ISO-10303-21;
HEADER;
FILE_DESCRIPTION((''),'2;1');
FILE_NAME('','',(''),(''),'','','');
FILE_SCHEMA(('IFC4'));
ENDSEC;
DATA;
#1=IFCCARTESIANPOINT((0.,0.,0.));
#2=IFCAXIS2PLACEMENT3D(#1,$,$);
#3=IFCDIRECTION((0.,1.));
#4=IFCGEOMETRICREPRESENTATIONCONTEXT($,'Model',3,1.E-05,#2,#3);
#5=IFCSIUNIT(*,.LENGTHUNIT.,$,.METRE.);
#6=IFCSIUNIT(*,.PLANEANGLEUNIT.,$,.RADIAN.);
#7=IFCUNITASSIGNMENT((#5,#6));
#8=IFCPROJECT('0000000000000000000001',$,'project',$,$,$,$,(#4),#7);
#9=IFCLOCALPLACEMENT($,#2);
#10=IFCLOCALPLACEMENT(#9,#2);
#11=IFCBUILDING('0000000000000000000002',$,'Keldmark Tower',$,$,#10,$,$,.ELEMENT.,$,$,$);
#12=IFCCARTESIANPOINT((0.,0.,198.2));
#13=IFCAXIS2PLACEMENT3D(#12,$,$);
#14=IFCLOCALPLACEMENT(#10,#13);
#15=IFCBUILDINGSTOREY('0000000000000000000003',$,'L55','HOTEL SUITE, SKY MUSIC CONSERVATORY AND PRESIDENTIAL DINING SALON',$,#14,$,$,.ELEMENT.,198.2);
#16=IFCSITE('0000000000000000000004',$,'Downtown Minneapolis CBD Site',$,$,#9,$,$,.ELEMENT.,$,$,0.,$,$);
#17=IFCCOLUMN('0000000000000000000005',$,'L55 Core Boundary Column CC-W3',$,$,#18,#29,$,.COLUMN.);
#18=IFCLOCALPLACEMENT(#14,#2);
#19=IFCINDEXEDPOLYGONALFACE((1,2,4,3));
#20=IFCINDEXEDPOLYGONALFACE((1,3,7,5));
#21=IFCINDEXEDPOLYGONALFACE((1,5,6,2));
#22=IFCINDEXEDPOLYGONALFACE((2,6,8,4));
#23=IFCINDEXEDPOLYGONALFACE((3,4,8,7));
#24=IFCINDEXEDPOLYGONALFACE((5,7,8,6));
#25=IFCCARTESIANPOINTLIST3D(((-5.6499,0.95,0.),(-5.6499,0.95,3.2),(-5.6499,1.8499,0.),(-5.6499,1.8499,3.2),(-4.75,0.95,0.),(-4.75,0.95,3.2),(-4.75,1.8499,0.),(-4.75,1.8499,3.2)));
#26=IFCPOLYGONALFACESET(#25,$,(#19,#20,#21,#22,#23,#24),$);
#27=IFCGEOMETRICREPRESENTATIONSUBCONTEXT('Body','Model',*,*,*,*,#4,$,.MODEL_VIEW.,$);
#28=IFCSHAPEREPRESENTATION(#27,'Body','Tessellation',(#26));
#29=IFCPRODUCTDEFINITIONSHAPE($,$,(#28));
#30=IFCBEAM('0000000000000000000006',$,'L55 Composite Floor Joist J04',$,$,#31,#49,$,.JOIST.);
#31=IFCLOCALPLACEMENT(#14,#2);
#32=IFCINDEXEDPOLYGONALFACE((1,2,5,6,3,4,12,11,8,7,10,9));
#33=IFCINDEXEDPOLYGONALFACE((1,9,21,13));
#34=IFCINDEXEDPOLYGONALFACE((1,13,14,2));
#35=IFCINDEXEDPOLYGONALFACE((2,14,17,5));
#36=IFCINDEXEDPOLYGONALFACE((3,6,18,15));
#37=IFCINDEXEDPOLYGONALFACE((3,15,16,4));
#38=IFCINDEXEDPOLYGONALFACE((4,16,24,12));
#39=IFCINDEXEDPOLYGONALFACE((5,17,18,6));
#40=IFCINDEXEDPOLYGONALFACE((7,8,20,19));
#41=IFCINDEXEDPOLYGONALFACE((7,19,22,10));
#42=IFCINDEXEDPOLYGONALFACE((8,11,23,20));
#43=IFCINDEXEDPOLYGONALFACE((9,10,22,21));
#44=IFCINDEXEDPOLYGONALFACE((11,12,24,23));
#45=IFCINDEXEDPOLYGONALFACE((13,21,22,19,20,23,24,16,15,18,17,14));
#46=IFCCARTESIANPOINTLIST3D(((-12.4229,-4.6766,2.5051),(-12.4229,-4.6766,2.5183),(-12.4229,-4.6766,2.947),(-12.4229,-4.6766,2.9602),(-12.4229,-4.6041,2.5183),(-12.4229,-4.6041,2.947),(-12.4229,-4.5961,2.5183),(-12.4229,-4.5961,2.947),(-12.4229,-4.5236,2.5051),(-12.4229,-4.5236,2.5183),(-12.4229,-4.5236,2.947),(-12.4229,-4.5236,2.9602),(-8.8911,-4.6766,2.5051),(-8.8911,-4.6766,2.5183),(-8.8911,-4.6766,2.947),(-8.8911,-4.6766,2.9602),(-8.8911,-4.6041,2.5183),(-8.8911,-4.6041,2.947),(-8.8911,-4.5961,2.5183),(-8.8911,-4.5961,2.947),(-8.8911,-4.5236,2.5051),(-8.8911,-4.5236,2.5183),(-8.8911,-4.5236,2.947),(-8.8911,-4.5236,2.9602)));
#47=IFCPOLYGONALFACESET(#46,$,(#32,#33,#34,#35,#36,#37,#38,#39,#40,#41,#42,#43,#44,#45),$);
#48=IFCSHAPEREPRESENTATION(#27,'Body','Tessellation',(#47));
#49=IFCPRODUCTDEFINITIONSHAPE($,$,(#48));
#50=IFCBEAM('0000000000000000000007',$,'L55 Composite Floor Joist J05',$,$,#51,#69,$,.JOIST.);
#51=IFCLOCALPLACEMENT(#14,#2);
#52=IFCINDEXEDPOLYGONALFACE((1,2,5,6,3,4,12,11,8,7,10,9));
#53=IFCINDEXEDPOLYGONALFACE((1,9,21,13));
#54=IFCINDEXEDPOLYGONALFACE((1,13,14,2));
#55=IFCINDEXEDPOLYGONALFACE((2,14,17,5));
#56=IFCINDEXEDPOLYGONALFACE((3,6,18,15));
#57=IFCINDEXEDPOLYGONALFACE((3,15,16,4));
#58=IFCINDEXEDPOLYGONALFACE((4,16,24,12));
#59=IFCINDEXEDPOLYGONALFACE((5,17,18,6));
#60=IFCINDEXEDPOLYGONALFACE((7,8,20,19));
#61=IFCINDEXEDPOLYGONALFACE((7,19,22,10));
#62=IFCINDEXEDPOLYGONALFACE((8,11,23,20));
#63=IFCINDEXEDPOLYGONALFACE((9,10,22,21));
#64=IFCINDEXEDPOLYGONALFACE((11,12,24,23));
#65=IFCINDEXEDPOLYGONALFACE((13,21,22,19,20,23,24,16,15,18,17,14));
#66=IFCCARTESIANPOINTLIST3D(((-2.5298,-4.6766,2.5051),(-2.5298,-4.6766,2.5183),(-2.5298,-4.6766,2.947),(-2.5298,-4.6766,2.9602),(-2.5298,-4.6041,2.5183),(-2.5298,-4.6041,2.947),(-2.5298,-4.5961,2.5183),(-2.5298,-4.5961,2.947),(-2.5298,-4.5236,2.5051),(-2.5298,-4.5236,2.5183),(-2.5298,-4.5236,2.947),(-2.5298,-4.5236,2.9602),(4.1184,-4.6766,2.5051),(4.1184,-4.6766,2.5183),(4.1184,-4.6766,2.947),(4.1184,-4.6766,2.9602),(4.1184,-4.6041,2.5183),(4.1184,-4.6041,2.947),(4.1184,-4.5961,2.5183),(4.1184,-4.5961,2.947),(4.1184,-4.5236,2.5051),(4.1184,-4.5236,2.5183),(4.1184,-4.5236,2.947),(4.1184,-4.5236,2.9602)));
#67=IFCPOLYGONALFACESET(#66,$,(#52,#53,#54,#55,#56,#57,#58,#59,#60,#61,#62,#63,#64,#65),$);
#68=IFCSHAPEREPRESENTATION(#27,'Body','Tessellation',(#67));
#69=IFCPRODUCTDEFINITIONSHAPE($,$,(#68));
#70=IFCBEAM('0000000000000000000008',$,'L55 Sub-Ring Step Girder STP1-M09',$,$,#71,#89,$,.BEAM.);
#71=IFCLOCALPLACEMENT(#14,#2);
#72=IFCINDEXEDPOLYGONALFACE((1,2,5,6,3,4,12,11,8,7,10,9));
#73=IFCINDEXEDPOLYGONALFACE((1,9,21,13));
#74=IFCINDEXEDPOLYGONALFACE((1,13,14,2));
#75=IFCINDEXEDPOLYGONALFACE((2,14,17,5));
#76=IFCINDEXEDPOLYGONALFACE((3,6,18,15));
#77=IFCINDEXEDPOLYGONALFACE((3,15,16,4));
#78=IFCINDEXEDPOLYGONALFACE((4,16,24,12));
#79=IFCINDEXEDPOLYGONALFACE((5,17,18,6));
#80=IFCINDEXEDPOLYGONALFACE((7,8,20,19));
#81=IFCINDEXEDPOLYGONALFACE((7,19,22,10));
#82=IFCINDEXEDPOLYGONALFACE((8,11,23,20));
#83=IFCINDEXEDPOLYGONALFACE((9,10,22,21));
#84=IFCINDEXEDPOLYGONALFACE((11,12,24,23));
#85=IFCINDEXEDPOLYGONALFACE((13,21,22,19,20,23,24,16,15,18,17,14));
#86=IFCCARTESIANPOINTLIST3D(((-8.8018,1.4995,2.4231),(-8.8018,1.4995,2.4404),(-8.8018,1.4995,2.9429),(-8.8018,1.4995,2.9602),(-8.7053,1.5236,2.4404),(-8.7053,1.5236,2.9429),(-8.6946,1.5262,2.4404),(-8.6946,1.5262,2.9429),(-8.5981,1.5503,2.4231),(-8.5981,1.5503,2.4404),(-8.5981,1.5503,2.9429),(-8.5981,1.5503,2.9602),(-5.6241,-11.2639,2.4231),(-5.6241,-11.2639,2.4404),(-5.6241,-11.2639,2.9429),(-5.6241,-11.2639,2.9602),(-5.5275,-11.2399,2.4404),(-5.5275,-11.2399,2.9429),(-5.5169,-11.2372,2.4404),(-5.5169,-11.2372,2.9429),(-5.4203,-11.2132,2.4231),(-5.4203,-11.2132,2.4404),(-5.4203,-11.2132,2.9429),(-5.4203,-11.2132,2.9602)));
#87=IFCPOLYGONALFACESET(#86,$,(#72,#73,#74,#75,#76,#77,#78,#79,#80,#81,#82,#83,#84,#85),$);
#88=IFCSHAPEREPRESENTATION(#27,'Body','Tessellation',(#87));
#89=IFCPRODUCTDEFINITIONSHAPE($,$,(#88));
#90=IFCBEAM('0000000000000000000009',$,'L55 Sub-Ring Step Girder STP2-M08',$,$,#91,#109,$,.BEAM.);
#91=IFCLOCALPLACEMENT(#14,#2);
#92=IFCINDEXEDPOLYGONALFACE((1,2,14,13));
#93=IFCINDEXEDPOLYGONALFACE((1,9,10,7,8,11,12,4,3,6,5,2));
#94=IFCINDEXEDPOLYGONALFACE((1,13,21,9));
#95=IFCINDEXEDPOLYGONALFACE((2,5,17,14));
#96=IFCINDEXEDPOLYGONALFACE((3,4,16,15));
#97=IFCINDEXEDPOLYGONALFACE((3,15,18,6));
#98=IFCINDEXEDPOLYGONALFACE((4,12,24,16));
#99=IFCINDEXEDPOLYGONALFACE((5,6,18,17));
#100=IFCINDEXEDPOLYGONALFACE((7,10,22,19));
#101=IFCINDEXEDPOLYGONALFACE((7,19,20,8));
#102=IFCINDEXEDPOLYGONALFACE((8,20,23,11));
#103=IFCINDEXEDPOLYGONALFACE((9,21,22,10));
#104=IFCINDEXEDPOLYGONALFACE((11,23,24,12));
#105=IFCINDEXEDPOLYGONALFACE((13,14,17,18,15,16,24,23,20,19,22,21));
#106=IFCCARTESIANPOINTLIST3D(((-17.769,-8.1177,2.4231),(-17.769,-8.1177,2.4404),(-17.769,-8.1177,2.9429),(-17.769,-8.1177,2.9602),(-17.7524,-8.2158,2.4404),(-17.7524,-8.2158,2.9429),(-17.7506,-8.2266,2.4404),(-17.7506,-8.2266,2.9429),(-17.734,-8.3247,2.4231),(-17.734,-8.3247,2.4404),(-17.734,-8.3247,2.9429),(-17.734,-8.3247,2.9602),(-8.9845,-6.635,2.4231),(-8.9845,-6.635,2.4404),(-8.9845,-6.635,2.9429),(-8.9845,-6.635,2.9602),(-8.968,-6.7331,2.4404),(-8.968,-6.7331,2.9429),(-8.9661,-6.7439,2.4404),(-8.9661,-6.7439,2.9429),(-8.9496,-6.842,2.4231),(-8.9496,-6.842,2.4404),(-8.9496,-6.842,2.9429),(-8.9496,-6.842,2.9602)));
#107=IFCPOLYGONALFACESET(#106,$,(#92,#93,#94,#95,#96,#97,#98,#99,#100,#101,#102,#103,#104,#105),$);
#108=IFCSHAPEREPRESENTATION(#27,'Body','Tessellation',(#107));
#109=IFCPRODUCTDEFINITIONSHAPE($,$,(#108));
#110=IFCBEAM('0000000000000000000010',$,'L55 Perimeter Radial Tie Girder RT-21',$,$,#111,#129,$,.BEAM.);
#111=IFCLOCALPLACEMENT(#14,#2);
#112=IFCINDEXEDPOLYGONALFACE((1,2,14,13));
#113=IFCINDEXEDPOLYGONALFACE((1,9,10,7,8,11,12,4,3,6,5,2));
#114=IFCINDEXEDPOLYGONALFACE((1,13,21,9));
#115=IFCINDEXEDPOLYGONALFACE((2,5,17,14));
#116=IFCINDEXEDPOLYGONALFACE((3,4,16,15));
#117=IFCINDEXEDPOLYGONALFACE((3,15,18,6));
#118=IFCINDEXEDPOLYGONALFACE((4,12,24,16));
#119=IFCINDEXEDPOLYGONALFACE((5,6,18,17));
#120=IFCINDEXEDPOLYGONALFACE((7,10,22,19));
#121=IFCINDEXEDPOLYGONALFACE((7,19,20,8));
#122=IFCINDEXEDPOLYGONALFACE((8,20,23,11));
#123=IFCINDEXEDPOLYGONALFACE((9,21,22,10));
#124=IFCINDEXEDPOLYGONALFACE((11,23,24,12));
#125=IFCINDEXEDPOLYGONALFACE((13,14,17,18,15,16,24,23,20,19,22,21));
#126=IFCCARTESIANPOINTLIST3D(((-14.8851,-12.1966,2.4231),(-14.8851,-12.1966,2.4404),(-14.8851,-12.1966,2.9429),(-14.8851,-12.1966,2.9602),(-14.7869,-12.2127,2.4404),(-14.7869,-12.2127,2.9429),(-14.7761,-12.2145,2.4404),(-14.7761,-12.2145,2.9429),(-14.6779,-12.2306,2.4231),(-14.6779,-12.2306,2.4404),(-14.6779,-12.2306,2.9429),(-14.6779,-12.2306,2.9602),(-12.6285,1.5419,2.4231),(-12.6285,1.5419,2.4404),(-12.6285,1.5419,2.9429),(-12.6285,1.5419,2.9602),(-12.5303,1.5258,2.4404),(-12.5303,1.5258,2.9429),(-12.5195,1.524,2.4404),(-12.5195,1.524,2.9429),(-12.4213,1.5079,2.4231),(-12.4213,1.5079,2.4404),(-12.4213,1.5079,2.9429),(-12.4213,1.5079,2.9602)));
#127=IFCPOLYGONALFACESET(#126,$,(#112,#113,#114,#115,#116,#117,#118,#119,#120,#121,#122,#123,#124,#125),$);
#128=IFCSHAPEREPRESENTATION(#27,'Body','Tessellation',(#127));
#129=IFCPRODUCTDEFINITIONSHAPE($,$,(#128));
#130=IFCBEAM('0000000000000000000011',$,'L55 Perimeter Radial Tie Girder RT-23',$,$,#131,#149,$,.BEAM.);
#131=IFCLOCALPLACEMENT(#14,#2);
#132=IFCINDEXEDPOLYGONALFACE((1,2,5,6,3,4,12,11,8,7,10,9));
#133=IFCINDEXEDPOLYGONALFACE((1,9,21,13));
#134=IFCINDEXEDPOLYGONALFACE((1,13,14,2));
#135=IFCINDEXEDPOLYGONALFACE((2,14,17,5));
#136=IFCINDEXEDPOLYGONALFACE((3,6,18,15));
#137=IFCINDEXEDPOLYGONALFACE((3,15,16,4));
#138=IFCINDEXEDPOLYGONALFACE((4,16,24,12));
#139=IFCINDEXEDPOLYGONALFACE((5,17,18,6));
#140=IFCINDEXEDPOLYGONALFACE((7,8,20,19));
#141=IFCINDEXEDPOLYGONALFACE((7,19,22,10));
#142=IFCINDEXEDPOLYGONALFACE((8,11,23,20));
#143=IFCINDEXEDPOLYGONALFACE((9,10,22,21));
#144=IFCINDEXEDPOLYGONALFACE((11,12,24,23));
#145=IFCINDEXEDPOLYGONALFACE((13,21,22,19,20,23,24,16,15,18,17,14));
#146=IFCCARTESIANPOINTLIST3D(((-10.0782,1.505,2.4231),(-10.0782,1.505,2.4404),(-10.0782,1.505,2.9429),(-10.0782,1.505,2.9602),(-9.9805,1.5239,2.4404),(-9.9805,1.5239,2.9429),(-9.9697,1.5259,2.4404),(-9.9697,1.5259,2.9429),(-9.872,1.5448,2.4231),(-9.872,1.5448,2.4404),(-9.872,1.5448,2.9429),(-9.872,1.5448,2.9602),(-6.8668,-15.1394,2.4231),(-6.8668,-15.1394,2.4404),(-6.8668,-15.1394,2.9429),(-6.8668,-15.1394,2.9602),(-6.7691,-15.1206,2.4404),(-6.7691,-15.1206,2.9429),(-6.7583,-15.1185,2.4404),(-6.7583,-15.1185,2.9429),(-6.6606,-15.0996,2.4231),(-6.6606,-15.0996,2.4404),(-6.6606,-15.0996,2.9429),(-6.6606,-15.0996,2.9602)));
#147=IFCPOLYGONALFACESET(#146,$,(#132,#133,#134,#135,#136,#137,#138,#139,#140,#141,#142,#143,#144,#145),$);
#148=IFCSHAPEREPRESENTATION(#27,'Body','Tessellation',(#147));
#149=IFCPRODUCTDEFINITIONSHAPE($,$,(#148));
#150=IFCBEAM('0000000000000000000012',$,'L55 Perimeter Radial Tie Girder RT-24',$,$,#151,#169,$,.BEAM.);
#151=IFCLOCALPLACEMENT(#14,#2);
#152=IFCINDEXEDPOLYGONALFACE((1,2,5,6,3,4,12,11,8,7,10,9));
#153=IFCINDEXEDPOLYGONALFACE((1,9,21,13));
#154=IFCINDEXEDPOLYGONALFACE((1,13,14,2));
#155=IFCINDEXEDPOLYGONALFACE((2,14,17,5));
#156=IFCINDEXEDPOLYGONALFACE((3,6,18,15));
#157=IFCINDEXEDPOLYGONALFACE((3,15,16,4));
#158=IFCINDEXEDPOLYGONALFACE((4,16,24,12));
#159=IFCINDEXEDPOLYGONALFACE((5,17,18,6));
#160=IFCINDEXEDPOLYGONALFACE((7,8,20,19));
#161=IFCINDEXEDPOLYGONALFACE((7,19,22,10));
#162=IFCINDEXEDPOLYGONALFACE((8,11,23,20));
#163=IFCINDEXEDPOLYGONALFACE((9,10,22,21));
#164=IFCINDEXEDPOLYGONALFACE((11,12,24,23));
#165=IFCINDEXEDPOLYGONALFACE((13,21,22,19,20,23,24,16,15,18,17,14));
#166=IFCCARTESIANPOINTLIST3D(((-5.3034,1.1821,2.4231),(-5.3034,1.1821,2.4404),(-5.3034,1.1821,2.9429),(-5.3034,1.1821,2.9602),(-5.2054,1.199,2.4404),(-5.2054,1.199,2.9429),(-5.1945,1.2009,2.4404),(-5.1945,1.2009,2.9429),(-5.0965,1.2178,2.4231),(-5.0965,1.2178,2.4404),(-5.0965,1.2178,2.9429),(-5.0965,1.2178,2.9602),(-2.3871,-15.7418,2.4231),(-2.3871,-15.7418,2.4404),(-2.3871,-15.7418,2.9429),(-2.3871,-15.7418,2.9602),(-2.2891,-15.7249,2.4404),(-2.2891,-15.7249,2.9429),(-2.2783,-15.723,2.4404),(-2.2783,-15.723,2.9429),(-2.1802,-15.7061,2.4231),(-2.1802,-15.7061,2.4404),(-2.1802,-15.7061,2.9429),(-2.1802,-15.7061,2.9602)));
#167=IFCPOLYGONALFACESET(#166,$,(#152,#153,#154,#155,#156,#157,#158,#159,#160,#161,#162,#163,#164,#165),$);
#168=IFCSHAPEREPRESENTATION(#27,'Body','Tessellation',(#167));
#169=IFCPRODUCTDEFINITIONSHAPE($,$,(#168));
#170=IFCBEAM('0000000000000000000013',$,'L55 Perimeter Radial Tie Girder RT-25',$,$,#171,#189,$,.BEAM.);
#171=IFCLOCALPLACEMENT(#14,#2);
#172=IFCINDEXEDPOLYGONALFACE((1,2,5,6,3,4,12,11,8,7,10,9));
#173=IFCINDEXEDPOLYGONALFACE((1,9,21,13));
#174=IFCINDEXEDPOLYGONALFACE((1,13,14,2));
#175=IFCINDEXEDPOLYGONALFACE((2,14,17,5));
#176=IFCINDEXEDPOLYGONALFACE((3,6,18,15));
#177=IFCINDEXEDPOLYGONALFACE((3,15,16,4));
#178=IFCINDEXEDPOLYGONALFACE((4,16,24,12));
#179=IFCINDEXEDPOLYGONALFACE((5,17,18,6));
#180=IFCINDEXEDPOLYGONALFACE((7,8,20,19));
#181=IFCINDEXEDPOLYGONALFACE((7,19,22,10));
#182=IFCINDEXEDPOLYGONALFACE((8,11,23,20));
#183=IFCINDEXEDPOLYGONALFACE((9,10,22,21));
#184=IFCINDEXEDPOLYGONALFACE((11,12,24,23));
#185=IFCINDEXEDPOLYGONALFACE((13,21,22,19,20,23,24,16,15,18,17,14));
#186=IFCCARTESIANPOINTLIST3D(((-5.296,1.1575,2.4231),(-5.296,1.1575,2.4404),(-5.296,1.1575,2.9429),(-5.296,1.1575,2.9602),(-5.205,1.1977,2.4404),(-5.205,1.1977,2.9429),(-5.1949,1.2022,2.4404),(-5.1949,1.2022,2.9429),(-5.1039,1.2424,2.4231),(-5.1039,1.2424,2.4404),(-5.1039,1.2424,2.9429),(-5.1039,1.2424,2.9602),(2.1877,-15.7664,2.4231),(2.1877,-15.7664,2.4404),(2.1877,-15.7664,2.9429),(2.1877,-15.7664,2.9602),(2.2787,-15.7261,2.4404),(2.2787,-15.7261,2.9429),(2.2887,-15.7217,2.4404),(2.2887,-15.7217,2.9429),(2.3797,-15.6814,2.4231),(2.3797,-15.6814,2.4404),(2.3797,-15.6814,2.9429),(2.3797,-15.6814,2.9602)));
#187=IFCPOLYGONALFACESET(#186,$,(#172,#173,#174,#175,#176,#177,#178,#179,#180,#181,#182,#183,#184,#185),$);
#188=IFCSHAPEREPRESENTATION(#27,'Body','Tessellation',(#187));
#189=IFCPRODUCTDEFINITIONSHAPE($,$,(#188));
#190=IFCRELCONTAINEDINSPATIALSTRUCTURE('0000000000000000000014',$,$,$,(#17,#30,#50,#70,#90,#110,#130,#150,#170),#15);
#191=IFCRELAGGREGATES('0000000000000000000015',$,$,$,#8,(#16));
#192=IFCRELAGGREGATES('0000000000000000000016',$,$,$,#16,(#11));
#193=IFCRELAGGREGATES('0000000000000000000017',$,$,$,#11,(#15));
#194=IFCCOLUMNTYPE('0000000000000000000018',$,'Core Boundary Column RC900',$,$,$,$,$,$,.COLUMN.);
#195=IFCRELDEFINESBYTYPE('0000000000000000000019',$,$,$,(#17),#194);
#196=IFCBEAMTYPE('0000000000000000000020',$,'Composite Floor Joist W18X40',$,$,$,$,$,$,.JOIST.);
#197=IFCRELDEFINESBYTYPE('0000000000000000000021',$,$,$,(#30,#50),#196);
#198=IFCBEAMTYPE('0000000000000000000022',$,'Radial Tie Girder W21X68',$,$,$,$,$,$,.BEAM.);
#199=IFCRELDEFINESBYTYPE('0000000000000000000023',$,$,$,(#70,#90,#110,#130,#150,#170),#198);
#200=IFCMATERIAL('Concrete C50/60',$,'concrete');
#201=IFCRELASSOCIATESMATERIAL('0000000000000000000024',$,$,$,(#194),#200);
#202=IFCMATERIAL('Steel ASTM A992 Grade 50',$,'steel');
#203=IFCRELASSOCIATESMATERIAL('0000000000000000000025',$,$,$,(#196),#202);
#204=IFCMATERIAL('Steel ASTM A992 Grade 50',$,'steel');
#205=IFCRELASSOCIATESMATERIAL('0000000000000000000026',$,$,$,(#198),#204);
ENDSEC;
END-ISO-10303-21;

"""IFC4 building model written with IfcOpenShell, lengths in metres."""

from ifc_helpers import new_model, si_unit, direction, frame, origin, origin_2d, place, context, subcontext, project, spatial, rectangle, i_section, extrude, material, material_profile, profile_set, type_object, element, save


model = new_model("IFC4")

# Units and contexts
model_context = context("Model", 3, precision=1e-05, world=origin(), true_north=direction((0.0, 1.0)))
body_context = subcontext(model_context, "Body", "Model", "MODEL_VIEW")
ifc_project = project(units=[si_unit("LENGTHUNIT", "METRE"), si_unit("PLANEANGLEUNIT", "RADIAN")], contexts=[model_context])

# Site, building, storey
site_placement = place(None, origin())
site = spatial("IfcSite", under=ifc_project, at=site_placement, Name="Downtown Minneapolis CBD Site", CompositionType="ELEMENT", RefElevation=0.0)
building_placement = place(site_placement, origin())
building = spatial("IfcBuilding", under=site, at=building_placement, Name="Keldmark Tower", CompositionType="ELEMENT")
storey_placement = place(building_placement, frame((0.0, 0.0, 198.2)))
storey = spatial("IfcBuildingStorey", under=building, at=storey_placement, Name="L55", Description="HOTEL SUITE, SKY MUSIC CONSERVATORY AND PRESIDENTIAL DINING SALON", CompositionType="ELEMENT", Elevation=198.2)

# Column
ifc_material_1 = material(Name="Concrete C50/60", Category="concrete")
ifc_material_profile_1 = material_profile(ifc_material_1, rectangle(XDim=0.8999, YDim=0.8999, at=origin_2d()), Name="RC900X900")
ifc_profile_set_1 = profile_set([ifc_material_profile_1], Name="Concrete C50/60")
column_type = type_object("IfcColumnType", Name="Core Boundary Column RC900", PredefinedType="COLUMN", material=ifc_profile_set_1)
column_placement = place(storey_placement, frame((-5.2, 1.3999, 0.0), z_axis=(0.0, 0.0, 1.0), x_axis=(1.0, 0.0, 0.0)))
element("IfcColumn", 1, at=column_placement, inside=storey, type_object=column_type, Name="L55 Core Boundary Column CC-W3", PredefinedType="COLUMN", context=body_context, shape_type="SweptSolid", body=[
    extrude(rectangle(XDim=0.8999, YDim=0.8999, at=origin_2d()), origin(), (0.0, 0.0, 1.0), 3.2),
])

# Beams
ifc_material_2 = material(Name="Steel ASTM A992 Grade 50", Category="steel")
ifc_material_profile_2 = material_profile(ifc_material_2, i_section(OverallWidth=0.1531, OverallDepth=0.4551, WebThickness=0.0081, FlangeThickness=0.0132, at=origin_2d()), Name="W18X40")
ifc_profile_set_2 = profile_set([ifc_material_profile_2], Name="Steel ASTM A992 Grade 50")
beam_type_1 = type_object("IfcBeamType", Name="Composite Floor Joist W18X40", PredefinedType="JOIST", material=ifc_profile_set_2)
beam_1_placement = place(storey_placement, frame((-12.4229, -4.6001, 2.7327), z_axis=(1.0, 0.0, 0.0), x_axis=(0.0, 1.0, 0.0)))
element("IfcBeam", 2, at=beam_1_placement, inside=storey, type_object=beam_type_1, Name="L55 Composite Floor Joist J04", PredefinedType="JOIST", context=body_context, shape_type="SweptSolid", body=[
    extrude(i_section(OverallWidth=0.1531, OverallDepth=0.4551, WebThickness=0.0081, FlangeThickness=0.0132, at=origin_2d()), origin(), (0.0, 0.0, 1.0), 3.5317),
])
beam_2_placement = place(storey_placement, frame((-2.5298, -4.6001, 2.7327), z_axis=(1.0, 0.0, 0.0), x_axis=(0.0, 1.0, 0.0)))
element("IfcBeam", 3, at=beam_2_placement, inside=storey, type_object=beam_type_1, Name="L55 Composite Floor Joist J05", PredefinedType="JOIST", context=body_context, shape_type="SweptSolid", body=[
    extrude(i_section(OverallWidth=0.1531, OverallDepth=0.4551, WebThickness=0.0081, FlangeThickness=0.0132, at=origin_2d()), origin(), (0.0, 0.0, 1.0), 6.6482),
])
ifc_material_3 = material(Name="Steel ASTM A992 Grade 50", Category="steel")
ifc_material_profile_3 = material_profile(ifc_material_3, i_section(OverallWidth=0.21, OverallDepth=0.5371, WebThickness=0.011, FlangeThickness=0.0173, at=origin_2d()), Name="W21X68")
ifc_profile_set_3 = profile_set([ifc_material_profile_3], Name="Steel ASTM A992 Grade 50")
beam_type_2 = type_object("IfcBeamType", Name="Radial Tie Girder W21X68", PredefinedType="BEAM", material=ifc_profile_set_3)
beam_3_placement = place(storey_placement, frame((-8.7, 1.5249, 2.6917), z_axis=(0.241597, -0.970377, 0.0), x_axis=(0.970377, 0.241597, 0.0)))
element("IfcBeam", 4, at=beam_3_placement, inside=storey, type_object=beam_type_2, Name="L55 Sub-Ring Step Girder STP1-M09", PredefinedType="BEAM", context=body_context, shape_type="SweptSolid", body=[
    extrude(i_section(OverallWidth=0.21, OverallDepth=0.5371, WebThickness=0.011, FlangeThickness=0.0173, at=origin_2d()), origin(), (0.0, 0.0, 1.0), 13.1531),
])
beam_4_placement = place(storey_placement, frame((-8.967, -6.7385, 2.6917), z_axis=(-0.986053, -0.16643, 0.0), x_axis=(0.16643, -0.986053, 0.0)))
element("IfcBeam", 5, at=beam_4_placement, inside=storey, type_object=beam_type_2, Name="L55 Sub-Ring Step Girder STP2-M08", PredefinedType="BEAM", context=body_context, shape_type="SweptSolid", body=[
    extrude(i_section(OverallWidth=0.21, OverallDepth=0.5371, WebThickness=0.011, FlangeThickness=0.0173, at=origin_2d()), origin(), (0.0, 0.0, 1.0), 8.9087),
])
beam_5_placement = place(storey_placement, frame((-12.5249, 1.5249, 2.6917), z_axis=(-0.162081, -0.986777, 0.0), x_axis=(0.986777, -0.162081, 0.0)))
element("IfcBeam", 6, at=beam_5_placement, inside=storey, type_object=beam_type_2, Name="L55 Perimeter Radial Tie Girder RT-21", PredefinedType="BEAM", context=body_context, shape_type="SweptSolid", body=[
    extrude(i_section(OverallWidth=0.21, OverallDepth=0.5371, WebThickness=0.011, FlangeThickness=0.0173, at=origin_2d()), origin(), (0.0, 0.0, 1.0), 13.9226),
])
beam_6_placement = place(storey_placement, frame((-9.9751, 1.5249, 2.6917), z_axis=(0.189448, -0.981891, 0.0), x_axis=(0.981891, 0.189448, 0.0)))
element("IfcBeam", 7, at=beam_6_placement, inside=storey, type_object=beam_type_2, Name="L55 Perimeter Radial Tie Girder RT-23", PredefinedType="BEAM", context=body_context, shape_type="SweptSolid", body=[
    extrude(i_section(OverallWidth=0.21, OverallDepth=0.5371, WebThickness=0.011, FlangeThickness=0.0173, at=origin_2d()), origin(), (0.0, 0.0, 1.0), 16.9514),
])
beam_7_placement = place(storey_placement, frame((-5.2, 1.2, 2.6917), z_axis=(0.169814, -0.985476, 0.0), x_axis=(0.985476, 0.169814, 0.0)))
element("IfcBeam", 8, at=beam_7_placement, inside=storey, type_object=beam_type_2, Name="L55 Perimeter Radial Tie Girder RT-24", PredefinedType="BEAM", context=body_context, shape_type="SweptSolid", body=[
    extrude(i_section(OverallWidth=0.21, OverallDepth=0.5371, WebThickness=0.011, FlangeThickness=0.0173, at=origin_2d()), origin(), (0.0, 0.0, 1.0), 17.1733),
])
beam_8_placement = place(storey_placement, frame((-5.2, 1.2, 2.6917), z_axis=(0.40442, -0.914573, 0.0), x_axis=(0.914573, 0.40442, 0.0)))
element("IfcBeam", 9, at=beam_8_placement, inside=storey, type_object=beam_type_2, Name="L55 Perimeter Radial Tie Girder RT-25", PredefinedType="BEAM", context=body_context, shape_type="SweptSolid", body=[
    extrude(i_section(OverallWidth=0.21, OverallDepth=0.5371, WebThickness=0.011, FlangeThickness=0.0173, at=origin_2d()), origin(), (0.0, 0.0, 1.0), 18.5046),
])

save(model, "model.ifc")
